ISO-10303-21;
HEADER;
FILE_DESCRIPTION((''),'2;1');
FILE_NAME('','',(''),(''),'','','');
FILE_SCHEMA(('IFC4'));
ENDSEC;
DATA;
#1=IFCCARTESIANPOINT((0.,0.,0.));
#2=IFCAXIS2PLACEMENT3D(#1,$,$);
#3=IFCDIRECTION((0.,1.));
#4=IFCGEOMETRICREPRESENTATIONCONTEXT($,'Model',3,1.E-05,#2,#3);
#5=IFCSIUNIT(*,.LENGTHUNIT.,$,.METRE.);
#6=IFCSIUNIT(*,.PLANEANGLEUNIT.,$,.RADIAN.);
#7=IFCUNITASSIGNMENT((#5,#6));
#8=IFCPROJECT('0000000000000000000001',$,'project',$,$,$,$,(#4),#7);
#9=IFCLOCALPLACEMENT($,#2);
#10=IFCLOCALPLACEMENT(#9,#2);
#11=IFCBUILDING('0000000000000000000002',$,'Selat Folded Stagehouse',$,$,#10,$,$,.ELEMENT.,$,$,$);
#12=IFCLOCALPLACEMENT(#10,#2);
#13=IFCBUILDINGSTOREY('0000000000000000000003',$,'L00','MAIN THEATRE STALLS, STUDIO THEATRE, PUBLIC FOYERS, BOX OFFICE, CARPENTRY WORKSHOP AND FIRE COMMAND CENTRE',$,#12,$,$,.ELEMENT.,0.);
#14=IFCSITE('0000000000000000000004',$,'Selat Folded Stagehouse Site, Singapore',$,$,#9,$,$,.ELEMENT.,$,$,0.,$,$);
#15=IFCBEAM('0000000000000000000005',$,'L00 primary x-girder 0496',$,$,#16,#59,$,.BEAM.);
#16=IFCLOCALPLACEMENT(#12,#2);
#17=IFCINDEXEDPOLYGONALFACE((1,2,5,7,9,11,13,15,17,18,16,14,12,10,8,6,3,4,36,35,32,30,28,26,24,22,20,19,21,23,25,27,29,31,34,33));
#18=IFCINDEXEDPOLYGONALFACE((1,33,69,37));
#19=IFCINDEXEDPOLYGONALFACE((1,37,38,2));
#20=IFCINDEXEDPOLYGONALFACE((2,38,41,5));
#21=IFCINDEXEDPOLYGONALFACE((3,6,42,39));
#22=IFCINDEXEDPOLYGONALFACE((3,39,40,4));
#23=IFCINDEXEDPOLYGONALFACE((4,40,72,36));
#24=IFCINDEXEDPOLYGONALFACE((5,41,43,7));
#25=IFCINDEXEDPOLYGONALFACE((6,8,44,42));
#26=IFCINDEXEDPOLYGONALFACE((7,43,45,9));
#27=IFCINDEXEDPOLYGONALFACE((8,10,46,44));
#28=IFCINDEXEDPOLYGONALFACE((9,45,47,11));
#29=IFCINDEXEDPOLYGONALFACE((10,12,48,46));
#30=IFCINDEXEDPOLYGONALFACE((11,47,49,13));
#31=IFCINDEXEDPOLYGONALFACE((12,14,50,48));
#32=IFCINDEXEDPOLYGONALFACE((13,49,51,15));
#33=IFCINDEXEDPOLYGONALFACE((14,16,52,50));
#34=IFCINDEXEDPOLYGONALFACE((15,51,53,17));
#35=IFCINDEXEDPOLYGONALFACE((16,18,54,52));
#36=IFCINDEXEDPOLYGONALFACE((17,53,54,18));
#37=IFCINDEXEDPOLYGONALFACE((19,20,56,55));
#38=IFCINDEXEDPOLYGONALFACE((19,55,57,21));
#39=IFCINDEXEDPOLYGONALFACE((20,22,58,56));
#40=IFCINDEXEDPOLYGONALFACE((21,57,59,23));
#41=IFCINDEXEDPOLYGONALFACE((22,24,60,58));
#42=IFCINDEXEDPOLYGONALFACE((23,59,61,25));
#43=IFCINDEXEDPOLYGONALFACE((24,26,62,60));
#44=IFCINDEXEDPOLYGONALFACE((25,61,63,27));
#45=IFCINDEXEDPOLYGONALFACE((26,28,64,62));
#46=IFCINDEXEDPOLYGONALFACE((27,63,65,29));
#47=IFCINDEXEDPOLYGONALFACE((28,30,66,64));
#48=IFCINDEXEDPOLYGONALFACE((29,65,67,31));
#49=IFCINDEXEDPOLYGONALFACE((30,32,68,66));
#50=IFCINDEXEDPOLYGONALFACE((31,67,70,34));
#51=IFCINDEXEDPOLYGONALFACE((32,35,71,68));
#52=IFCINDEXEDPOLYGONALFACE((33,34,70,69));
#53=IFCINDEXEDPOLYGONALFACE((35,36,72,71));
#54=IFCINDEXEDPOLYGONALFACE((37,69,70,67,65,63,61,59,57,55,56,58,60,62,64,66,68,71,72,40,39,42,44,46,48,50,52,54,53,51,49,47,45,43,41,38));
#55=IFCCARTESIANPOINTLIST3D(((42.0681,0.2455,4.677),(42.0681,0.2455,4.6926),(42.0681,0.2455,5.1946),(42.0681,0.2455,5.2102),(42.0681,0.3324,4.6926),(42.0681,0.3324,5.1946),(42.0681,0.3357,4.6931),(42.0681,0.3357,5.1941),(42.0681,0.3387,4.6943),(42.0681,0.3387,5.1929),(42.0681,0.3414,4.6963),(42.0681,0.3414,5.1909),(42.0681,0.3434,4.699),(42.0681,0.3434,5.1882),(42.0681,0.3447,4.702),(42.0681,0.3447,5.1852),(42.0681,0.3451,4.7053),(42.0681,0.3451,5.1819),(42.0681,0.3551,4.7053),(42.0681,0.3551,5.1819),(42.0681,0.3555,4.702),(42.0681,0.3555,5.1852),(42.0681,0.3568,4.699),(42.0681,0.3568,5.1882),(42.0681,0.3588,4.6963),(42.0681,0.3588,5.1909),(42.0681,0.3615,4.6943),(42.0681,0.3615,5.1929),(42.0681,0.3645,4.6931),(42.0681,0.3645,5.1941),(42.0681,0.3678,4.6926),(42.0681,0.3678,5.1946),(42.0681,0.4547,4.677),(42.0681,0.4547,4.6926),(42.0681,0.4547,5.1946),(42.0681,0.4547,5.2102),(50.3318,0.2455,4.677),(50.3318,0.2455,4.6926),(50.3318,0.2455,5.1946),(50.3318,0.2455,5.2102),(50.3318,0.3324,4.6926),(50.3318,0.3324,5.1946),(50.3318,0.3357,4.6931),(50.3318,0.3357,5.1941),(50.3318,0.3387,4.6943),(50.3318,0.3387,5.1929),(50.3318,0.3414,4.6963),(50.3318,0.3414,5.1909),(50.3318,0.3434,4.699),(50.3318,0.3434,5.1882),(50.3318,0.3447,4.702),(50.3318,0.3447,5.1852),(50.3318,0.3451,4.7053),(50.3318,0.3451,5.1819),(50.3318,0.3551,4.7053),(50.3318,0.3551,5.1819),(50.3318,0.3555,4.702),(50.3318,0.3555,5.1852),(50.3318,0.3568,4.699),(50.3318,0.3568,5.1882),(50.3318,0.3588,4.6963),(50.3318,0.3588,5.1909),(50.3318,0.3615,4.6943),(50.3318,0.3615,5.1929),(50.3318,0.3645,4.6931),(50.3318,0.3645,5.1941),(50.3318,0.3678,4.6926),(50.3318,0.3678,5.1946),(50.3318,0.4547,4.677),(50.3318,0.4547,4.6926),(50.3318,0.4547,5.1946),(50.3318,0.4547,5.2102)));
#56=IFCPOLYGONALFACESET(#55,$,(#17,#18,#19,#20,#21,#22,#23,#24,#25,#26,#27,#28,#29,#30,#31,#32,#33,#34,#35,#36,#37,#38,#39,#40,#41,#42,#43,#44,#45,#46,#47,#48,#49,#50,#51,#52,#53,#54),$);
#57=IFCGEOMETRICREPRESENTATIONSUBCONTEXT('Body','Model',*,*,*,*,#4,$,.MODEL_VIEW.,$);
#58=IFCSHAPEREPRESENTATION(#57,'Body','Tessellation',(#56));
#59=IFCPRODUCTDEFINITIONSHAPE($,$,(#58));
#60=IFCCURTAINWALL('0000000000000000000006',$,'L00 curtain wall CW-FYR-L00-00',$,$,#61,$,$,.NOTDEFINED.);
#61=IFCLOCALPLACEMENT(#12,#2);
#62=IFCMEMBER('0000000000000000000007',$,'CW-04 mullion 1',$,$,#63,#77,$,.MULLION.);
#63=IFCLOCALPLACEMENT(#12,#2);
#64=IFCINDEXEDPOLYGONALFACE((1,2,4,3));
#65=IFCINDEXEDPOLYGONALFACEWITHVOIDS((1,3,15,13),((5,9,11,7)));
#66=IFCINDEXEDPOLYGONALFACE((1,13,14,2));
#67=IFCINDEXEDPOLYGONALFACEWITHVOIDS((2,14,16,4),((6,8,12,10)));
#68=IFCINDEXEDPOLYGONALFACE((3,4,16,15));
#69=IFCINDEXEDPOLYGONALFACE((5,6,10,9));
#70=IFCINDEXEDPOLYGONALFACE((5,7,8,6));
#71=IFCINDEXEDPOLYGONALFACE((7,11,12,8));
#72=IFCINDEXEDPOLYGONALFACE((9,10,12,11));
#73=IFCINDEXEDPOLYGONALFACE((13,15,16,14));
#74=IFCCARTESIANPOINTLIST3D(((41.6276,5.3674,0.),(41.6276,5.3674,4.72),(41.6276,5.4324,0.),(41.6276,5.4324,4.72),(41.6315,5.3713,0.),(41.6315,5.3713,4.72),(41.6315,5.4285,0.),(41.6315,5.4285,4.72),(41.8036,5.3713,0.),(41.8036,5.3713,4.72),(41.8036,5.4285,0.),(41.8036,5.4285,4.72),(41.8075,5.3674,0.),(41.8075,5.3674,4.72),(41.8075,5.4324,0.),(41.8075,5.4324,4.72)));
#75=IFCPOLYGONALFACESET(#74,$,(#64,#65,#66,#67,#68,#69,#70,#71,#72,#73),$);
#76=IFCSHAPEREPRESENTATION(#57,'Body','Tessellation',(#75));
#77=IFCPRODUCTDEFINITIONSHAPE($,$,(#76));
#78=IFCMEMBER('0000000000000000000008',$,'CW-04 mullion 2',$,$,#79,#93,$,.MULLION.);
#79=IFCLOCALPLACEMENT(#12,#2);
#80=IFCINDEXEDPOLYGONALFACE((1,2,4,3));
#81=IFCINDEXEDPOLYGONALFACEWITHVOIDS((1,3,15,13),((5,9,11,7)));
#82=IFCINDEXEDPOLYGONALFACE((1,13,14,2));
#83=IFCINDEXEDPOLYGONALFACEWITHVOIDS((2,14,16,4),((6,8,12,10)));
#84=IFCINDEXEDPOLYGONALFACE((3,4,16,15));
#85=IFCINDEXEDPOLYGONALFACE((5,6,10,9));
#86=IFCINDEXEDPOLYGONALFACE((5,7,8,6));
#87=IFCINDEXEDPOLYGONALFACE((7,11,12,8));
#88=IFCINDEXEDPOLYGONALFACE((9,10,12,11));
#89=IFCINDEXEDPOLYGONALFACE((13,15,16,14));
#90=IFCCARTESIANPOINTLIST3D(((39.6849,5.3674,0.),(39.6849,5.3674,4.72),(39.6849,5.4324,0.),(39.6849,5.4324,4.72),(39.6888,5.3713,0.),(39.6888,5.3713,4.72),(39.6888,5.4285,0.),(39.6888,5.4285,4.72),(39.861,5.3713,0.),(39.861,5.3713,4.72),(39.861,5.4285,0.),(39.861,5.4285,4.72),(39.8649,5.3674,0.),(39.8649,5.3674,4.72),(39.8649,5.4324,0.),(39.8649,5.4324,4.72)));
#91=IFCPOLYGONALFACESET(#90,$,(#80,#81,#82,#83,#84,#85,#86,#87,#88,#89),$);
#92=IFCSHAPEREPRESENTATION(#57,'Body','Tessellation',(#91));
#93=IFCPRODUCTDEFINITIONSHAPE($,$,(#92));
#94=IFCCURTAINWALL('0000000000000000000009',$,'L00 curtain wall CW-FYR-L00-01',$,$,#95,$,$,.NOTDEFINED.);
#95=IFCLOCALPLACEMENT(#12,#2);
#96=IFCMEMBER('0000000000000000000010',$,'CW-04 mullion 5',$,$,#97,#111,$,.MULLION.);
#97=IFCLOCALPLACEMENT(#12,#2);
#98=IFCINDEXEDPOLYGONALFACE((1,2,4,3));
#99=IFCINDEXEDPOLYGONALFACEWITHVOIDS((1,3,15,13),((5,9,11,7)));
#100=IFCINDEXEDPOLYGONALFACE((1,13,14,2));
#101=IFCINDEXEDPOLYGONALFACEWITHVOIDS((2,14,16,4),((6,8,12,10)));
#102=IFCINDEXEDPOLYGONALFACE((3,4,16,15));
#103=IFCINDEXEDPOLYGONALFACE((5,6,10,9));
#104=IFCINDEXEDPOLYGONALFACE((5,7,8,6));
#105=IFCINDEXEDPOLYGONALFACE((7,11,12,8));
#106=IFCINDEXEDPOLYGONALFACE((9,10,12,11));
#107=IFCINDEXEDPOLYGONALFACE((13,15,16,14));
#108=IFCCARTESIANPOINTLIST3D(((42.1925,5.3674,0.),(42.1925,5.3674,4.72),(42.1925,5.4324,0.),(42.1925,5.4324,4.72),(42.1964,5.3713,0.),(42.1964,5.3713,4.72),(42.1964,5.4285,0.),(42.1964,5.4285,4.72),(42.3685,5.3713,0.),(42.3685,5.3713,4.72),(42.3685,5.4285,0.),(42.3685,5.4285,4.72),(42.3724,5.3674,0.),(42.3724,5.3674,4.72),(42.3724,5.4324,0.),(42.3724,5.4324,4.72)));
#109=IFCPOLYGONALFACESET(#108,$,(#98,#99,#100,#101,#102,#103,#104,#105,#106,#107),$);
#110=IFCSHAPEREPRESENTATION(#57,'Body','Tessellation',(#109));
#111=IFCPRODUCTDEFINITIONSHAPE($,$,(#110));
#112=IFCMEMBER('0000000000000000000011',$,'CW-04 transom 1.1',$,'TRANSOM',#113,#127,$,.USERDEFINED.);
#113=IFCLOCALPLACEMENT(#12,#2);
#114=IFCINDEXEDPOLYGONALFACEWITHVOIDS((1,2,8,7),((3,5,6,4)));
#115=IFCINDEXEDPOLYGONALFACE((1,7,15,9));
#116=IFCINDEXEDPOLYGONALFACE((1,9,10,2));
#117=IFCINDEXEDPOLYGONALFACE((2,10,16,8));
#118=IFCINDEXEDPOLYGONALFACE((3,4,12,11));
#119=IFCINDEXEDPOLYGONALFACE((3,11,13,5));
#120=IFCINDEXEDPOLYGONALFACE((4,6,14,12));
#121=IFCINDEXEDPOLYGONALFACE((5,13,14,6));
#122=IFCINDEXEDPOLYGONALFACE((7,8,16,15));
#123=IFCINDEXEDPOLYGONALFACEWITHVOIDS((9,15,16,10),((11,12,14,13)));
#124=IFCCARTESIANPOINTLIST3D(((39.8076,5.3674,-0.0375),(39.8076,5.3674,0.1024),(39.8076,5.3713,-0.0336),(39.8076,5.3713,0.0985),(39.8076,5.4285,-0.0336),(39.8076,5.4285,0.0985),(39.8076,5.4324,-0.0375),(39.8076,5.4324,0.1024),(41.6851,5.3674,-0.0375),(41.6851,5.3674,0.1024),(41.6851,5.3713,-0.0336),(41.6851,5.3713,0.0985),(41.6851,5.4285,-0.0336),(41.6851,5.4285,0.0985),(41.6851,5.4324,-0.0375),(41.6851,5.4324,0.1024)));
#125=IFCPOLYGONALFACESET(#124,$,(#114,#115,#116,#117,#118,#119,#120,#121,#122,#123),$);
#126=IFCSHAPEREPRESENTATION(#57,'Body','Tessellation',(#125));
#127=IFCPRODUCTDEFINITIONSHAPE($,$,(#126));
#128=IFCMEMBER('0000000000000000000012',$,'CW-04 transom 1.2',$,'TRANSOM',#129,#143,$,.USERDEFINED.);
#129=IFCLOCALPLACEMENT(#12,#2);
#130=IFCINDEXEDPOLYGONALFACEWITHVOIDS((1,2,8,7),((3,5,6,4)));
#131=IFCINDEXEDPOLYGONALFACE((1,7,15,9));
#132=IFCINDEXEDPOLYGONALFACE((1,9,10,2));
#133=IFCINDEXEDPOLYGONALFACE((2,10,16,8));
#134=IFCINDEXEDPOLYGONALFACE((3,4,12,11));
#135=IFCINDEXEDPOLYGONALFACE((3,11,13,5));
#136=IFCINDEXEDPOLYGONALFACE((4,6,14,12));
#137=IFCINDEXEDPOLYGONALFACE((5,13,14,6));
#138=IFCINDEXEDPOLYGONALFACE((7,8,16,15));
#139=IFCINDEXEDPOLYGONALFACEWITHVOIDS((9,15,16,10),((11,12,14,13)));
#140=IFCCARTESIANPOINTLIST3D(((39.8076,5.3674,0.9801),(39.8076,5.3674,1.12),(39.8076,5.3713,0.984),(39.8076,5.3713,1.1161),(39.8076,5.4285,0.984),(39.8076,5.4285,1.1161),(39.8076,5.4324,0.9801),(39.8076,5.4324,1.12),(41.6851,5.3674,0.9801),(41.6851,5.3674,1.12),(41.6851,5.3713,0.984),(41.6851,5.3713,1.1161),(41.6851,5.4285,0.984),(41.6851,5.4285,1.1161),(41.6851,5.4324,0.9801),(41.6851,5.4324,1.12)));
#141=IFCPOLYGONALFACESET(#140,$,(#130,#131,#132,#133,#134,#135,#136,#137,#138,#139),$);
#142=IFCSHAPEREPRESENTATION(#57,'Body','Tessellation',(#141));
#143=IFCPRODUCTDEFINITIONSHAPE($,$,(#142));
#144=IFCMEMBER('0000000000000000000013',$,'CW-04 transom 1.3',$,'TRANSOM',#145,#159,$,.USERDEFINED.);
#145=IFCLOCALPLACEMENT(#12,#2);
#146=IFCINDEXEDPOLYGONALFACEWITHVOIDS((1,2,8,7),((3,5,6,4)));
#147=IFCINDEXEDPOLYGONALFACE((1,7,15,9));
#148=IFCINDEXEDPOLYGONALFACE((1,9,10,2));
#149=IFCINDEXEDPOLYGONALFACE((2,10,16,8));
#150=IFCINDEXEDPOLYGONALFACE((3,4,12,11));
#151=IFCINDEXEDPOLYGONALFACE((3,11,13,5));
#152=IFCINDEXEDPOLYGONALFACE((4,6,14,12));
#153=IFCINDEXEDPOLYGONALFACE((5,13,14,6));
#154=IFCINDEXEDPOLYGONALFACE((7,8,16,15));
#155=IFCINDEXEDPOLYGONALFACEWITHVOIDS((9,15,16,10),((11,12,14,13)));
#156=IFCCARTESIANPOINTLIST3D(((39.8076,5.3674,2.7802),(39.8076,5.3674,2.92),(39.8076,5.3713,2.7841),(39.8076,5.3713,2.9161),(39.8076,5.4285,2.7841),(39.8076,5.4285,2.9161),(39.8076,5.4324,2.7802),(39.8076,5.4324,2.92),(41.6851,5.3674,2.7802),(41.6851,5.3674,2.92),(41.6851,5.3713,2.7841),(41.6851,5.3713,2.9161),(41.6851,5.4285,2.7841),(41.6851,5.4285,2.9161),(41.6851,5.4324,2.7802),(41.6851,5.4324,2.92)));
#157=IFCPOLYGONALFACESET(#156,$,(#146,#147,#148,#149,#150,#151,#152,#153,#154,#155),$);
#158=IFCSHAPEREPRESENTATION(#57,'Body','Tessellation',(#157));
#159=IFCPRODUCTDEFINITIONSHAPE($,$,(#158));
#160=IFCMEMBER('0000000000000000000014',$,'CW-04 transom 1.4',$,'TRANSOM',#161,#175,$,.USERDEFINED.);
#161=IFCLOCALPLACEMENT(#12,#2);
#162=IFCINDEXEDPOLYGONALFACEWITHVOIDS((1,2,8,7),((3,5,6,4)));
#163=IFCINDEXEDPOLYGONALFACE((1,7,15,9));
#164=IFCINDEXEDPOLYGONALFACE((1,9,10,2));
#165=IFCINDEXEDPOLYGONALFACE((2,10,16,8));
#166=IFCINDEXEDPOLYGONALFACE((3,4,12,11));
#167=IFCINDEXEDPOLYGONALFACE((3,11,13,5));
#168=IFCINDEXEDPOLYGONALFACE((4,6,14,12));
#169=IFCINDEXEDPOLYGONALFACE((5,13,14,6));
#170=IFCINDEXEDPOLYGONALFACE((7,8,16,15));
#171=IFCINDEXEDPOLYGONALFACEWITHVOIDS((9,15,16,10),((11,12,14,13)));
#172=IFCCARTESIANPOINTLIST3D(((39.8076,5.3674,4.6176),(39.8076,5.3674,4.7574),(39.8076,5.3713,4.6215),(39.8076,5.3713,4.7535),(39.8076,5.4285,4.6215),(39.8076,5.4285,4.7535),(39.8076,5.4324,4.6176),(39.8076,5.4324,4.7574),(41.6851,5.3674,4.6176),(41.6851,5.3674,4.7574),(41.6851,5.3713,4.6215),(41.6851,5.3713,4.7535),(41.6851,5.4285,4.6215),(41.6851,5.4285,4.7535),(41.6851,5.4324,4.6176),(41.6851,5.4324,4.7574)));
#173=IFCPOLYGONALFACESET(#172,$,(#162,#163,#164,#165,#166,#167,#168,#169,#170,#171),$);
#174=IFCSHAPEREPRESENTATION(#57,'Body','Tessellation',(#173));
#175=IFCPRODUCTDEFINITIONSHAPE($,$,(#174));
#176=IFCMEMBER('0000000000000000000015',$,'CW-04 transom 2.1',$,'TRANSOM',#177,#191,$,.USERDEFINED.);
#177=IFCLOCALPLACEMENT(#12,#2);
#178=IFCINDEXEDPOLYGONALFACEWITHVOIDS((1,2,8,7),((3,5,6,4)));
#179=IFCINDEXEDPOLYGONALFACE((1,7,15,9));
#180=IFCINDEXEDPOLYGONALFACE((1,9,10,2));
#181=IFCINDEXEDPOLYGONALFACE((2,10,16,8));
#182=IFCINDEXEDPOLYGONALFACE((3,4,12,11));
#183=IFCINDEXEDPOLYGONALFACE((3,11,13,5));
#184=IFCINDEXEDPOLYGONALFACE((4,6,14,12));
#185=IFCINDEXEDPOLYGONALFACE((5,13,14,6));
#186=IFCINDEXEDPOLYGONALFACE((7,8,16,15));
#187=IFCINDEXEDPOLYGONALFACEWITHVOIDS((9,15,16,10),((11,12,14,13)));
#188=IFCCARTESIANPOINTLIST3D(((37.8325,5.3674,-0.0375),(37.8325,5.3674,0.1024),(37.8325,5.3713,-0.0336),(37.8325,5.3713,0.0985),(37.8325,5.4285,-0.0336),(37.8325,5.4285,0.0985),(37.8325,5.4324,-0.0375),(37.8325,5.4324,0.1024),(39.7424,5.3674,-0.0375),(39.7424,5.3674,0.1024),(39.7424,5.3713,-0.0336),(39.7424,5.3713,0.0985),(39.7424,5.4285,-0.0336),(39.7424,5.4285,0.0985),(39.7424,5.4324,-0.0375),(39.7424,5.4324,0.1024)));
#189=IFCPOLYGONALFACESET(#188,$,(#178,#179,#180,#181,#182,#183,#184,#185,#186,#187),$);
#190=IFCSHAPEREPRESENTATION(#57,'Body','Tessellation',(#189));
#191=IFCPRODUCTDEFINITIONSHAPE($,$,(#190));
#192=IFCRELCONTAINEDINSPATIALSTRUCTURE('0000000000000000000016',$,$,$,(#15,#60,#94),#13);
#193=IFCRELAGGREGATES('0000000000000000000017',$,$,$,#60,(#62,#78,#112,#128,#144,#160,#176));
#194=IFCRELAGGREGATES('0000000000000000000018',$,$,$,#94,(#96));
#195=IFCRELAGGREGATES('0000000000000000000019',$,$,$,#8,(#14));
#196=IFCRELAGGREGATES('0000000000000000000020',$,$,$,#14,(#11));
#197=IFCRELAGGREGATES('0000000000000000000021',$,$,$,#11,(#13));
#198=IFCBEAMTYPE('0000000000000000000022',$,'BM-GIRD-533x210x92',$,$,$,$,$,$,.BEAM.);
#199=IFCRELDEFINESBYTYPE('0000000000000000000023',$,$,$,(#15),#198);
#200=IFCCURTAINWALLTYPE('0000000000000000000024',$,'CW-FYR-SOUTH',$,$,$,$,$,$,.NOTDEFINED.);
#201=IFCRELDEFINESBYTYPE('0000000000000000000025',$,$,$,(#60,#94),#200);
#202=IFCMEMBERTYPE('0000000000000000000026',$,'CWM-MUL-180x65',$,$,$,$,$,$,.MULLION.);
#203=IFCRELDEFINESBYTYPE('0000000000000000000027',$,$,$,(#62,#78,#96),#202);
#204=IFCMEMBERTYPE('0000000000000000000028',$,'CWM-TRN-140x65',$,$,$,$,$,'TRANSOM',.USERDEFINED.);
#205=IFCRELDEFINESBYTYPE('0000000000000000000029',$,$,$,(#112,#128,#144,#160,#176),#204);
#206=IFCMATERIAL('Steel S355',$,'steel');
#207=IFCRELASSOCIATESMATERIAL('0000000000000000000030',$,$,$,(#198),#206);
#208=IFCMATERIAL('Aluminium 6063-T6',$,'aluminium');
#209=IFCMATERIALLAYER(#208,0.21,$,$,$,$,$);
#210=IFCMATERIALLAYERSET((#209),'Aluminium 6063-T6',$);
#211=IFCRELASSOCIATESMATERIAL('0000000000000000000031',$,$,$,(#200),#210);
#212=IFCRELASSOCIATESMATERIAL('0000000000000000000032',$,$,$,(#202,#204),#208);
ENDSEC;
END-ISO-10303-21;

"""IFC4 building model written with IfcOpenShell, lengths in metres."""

from ifc_helpers import new_model, si_unit, direction, frame, origin, origin_2d, place, context, subcontext, project, spatial, hollow_rectangle, i_section, extrude, material, layer, layer_set, material_profile, profile_set, type_object, element, aggregate, save


model = new_model("IFC4")

# Units and contexts
model_context = context("Model", 3, precision=1e-05, world=origin(), true_north=direction((0.0, 1.0)))
body_context = subcontext(model_context, "Body", "Model", "MODEL_VIEW")
ifc_project = project(units=[si_unit("LENGTHUNIT", "METRE"), si_unit("PLANEANGLEUNIT", "RADIAN")], contexts=[model_context])

# Site, building, storey
site_placement = place(None, origin())
site = spatial("IfcSite", under=ifc_project, at=site_placement, Name="Selat Folded Stagehouse Site, Singapore", CompositionType="ELEMENT", RefElevation=0.0)
building_placement = place(site_placement, origin())
building = spatial("IfcBuilding", under=site, at=building_placement, Name="Selat Folded Stagehouse", CompositionType="ELEMENT")
storey_placement = place(building_placement, origin())
storey = spatial("IfcBuildingStorey", under=building, at=storey_placement, Name="L00", Description="MAIN THEATRE STALLS, STUDIO THEATRE, PUBLIC FOYERS, BOX OFFICE, CARPENTRY WORKSHOP AND FIRE COMMAND CENTRE", CompositionType="ELEMENT", Elevation=0.0)

# Shared definitions
ifc_material_1 = material(Name="Steel S355", Category="steel")

# Beam
ifc_material_profile_1 = material_profile(ifc_material_1, i_section(OverallWidth=0.2092, OverallDepth=0.5332, WebThickness=0.01, FlangeThickness=0.0156, FilletRadius=0.0127, at=origin_2d()), Name="UKB 533x210x92")
ifc_profile_set_1 = profile_set([ifc_material_profile_1], Name="Steel S355")
beam_type_1 = type_object("IfcBeamType", Name="BM-GIRD-533x210x92", PredefinedType="BEAM", material=ifc_profile_set_1)
beam_1_placement = place(storey_placement, frame((42.0681, 0.3501, 4.9436), z_axis=(1.0, 0.0, 0.0), x_axis=(0.0, 1.0, 0.0)))
element("IfcBeam", 1, at=beam_1_placement, inside=storey, type_object=beam_type_1, Name="L00 primary x-girder 0496", PredefinedType="BEAM", context=body_context, shape_type="SweptSolid", body=[
    extrude(i_section(OverallWidth=0.2092, OverallDepth=0.5332, WebThickness=0.01, FlangeThickness=0.0156, FilletRadius=0.0127, at=origin_2d()), origin(), (0.0, 0.0, 1.0), 8.2637),
])

# Curtain wall, members
ifc_material_2 = material(Name="Aluminium 6063-T6", Category="aluminium")
ifc_layer_1 = layer(ifc_material_2, 0.21)
ifc_layer_set_1 = layer_set([ifc_layer_1], Name="Aluminium 6063-T6")
curtain_wall_type = type_object("IfcCurtainWallType", Name="CW-FYR-SOUTH", PredefinedType="NOTDEFINED", material=ifc_layer_set_1)
curtain_wall_1_placement = place(storey_placement, origin())
curtain_wall_1 = element("IfcCurtainWall", 2, at=curtain_wall_1_placement, inside=storey, type_object=curtain_wall_type, Name="L00 curtain wall CW-FYR-L00-00", PredefinedType="NOTDEFINED")
ifc_material_profile_2 = material_profile(ifc_material_2, hollow_rectangle(XDim=0.0649, YDim=0.1799, WallThickness=0.0039, at=origin_2d()), Name="ALU 180x65x4.0")
ifc_profile_set_2 = profile_set([ifc_material_profile_2], Name="Aluminium 6063-T6")
member_type_1 = type_object("IfcMemberType", Name="CWM-MUL-180x65", PredefinedType="MULLION", material=ifc_profile_set_2)
member_1_placement = place(storey_placement, frame((41.7175, 5.3999, 0.0), z_axis=(0.0, 0.0, 1.0), x_axis=(0.0, -1.0, 0.0)))
member_1 = element("IfcMember", 3, at=member_1_placement, type_object=member_type_1, Name="CW-04 mullion 1", PredefinedType="MULLION", context=body_context, shape_type="SweptSolid", body=[
    extrude(hollow_rectangle(XDim=0.0649, YDim=0.1799, WallThickness=0.0039, at=origin_2d()), origin(), (0.0, 0.0, 1.0), 4.72),
])
member_2_placement = place(storey_placement, frame((39.7749, 5.3999, 0.0), z_axis=(0.0, 0.0, 1.0), x_axis=(0.0, -1.0, 0.0)))
member_2 = element("IfcMember", 4, at=member_2_placement, type_object=member_type_1, Name="CW-04 mullion 2", PredefinedType="MULLION", context=body_context, shape_type="SweptSolid", body=[
    extrude(hollow_rectangle(XDim=0.0649, YDim=0.1799, WallThickness=0.0039, at=origin_2d()), origin(), (0.0, 0.0, 1.0), 4.72),
])

# Curtain wall, member
curtain_wall_2_placement = place(storey_placement, origin())
curtain_wall_2 = element("IfcCurtainWall", 5, at=curtain_wall_2_placement, inside=storey, type_object=curtain_wall_type, Name="L00 curtain wall CW-FYR-L00-01", PredefinedType="NOTDEFINED")
member_3_placement = place(storey_placement, frame((42.2825, 5.3999, 0.0), z_axis=(0.0, 0.0, 1.0), x_axis=(0.0, -1.0, 0.0)))
member_3 = element("IfcMember", 6, at=member_3_placement, type_object=member_type_1, Name="CW-04 mullion 5", PredefinedType="MULLION", context=body_context, shape_type="SweptSolid", body=[
    extrude(hollow_rectangle(XDim=0.0649, YDim=0.1799, WallThickness=0.0039, at=origin_2d()), origin(), (0.0, 0.0, 1.0), 4.72),
])

# Members
ifc_material_profile_3 = material_profile(ifc_material_2, hollow_rectangle(XDim=0.0649, YDim=0.1399, WallThickness=0.0039, at=origin_2d()), Name="ALU 140x65x4.0")
ifc_profile_set_3 = profile_set([ifc_material_profile_3], Name="Aluminium 6063-T6")
member_type_2 = type_object("IfcMemberType", Name="CWM-TRN-140x65", ElementType="TRANSOM", PredefinedType="USERDEFINED", material=ifc_profile_set_3)
member_4_placement = place(storey_placement, frame((41.6851, 5.3999, 0.0325), z_axis=(-1.0, 0.0, 0.0), x_axis=(0.0, -1.0, 0.0)))
member_4 = element("IfcMember", 7, at=member_4_placement, type_object=member_type_2, Name="CW-04 transom 1.1", ObjectType="TRANSOM", PredefinedType="USERDEFINED", context=body_context, shape_type="SweptSolid", body=[
    extrude(hollow_rectangle(XDim=0.0649, YDim=0.1399, WallThickness=0.0039, at=origin_2d()), origin(), (0.0, 0.0, 1.0), 1.8774),
])
member_5_placement = place(storey_placement, frame((41.6851, 5.3999, 1.05), z_axis=(-1.0, 0.0, 0.0), x_axis=(0.0, -1.0, 0.0)))
member_5 = element("IfcMember", 8, at=member_5_placement, type_object=member_type_2, Name="CW-04 transom 1.2", ObjectType="TRANSOM", PredefinedType="USERDEFINED", context=body_context, shape_type="SweptSolid", body=[
    extrude(hollow_rectangle(XDim=0.0649, YDim=0.1399, WallThickness=0.0039, at=origin_2d()), origin(), (0.0, 0.0, 1.0), 1.8774),
])
member_6_placement = place(storey_placement, frame((41.6851, 5.3999, 2.8501), z_axis=(-1.0, 0.0, 0.0), x_axis=(0.0, -1.0, 0.0)))
member_6 = element("IfcMember", 9, at=member_6_placement, type_object=member_type_2, Name="CW-04 transom 1.3", ObjectType="TRANSOM", PredefinedType="USERDEFINED", context=body_context, shape_type="SweptSolid", body=[
    extrude(hollow_rectangle(XDim=0.0649, YDim=0.1399, WallThickness=0.0039, at=origin_2d()), origin(), (0.0, 0.0, 1.0), 1.8774),
])
member_7_placement = place(storey_placement, frame((41.6851, 5.3999, 4.6875), z_axis=(-1.0, 0.0, 0.0), x_axis=(0.0, -1.0, 0.0)))
member_7 = element("IfcMember", 10, at=member_7_placement, type_object=member_type_2, Name="CW-04 transom 1.4", ObjectType="TRANSOM", PredefinedType="USERDEFINED", context=body_context, shape_type="SweptSolid", body=[
    extrude(hollow_rectangle(XDim=0.0649, YDim=0.1399, WallThickness=0.0039, at=origin_2d()), origin(), (0.0, 0.0, 1.0), 1.8774),
])
member_8_placement = place(storey_placement, frame((39.7424, 5.3999, 0.0325), z_axis=(-1.0, 0.0, 0.0), x_axis=(0.0, -1.0, 0.0)))
member_8 = element("IfcMember", 11, at=member_8_placement, type_object=member_type_2, Name="CW-04 transom 2.1", ObjectType="TRANSOM", PredefinedType="USERDEFINED", context=body_context, shape_type="SweptSolid", body=[
    extrude(hollow_rectangle(XDim=0.0649, YDim=0.1399, WallThickness=0.0039, at=origin_2d()), origin(), (0.0, 0.0, 1.0), 1.9099),
])

aggregate(curtain_wall_1, [member_1, member_2, member_4, member_5, member_6, member_7, member_8])
aggregate(curtain_wall_2, [member_3])

save(model, "model.ifc")
